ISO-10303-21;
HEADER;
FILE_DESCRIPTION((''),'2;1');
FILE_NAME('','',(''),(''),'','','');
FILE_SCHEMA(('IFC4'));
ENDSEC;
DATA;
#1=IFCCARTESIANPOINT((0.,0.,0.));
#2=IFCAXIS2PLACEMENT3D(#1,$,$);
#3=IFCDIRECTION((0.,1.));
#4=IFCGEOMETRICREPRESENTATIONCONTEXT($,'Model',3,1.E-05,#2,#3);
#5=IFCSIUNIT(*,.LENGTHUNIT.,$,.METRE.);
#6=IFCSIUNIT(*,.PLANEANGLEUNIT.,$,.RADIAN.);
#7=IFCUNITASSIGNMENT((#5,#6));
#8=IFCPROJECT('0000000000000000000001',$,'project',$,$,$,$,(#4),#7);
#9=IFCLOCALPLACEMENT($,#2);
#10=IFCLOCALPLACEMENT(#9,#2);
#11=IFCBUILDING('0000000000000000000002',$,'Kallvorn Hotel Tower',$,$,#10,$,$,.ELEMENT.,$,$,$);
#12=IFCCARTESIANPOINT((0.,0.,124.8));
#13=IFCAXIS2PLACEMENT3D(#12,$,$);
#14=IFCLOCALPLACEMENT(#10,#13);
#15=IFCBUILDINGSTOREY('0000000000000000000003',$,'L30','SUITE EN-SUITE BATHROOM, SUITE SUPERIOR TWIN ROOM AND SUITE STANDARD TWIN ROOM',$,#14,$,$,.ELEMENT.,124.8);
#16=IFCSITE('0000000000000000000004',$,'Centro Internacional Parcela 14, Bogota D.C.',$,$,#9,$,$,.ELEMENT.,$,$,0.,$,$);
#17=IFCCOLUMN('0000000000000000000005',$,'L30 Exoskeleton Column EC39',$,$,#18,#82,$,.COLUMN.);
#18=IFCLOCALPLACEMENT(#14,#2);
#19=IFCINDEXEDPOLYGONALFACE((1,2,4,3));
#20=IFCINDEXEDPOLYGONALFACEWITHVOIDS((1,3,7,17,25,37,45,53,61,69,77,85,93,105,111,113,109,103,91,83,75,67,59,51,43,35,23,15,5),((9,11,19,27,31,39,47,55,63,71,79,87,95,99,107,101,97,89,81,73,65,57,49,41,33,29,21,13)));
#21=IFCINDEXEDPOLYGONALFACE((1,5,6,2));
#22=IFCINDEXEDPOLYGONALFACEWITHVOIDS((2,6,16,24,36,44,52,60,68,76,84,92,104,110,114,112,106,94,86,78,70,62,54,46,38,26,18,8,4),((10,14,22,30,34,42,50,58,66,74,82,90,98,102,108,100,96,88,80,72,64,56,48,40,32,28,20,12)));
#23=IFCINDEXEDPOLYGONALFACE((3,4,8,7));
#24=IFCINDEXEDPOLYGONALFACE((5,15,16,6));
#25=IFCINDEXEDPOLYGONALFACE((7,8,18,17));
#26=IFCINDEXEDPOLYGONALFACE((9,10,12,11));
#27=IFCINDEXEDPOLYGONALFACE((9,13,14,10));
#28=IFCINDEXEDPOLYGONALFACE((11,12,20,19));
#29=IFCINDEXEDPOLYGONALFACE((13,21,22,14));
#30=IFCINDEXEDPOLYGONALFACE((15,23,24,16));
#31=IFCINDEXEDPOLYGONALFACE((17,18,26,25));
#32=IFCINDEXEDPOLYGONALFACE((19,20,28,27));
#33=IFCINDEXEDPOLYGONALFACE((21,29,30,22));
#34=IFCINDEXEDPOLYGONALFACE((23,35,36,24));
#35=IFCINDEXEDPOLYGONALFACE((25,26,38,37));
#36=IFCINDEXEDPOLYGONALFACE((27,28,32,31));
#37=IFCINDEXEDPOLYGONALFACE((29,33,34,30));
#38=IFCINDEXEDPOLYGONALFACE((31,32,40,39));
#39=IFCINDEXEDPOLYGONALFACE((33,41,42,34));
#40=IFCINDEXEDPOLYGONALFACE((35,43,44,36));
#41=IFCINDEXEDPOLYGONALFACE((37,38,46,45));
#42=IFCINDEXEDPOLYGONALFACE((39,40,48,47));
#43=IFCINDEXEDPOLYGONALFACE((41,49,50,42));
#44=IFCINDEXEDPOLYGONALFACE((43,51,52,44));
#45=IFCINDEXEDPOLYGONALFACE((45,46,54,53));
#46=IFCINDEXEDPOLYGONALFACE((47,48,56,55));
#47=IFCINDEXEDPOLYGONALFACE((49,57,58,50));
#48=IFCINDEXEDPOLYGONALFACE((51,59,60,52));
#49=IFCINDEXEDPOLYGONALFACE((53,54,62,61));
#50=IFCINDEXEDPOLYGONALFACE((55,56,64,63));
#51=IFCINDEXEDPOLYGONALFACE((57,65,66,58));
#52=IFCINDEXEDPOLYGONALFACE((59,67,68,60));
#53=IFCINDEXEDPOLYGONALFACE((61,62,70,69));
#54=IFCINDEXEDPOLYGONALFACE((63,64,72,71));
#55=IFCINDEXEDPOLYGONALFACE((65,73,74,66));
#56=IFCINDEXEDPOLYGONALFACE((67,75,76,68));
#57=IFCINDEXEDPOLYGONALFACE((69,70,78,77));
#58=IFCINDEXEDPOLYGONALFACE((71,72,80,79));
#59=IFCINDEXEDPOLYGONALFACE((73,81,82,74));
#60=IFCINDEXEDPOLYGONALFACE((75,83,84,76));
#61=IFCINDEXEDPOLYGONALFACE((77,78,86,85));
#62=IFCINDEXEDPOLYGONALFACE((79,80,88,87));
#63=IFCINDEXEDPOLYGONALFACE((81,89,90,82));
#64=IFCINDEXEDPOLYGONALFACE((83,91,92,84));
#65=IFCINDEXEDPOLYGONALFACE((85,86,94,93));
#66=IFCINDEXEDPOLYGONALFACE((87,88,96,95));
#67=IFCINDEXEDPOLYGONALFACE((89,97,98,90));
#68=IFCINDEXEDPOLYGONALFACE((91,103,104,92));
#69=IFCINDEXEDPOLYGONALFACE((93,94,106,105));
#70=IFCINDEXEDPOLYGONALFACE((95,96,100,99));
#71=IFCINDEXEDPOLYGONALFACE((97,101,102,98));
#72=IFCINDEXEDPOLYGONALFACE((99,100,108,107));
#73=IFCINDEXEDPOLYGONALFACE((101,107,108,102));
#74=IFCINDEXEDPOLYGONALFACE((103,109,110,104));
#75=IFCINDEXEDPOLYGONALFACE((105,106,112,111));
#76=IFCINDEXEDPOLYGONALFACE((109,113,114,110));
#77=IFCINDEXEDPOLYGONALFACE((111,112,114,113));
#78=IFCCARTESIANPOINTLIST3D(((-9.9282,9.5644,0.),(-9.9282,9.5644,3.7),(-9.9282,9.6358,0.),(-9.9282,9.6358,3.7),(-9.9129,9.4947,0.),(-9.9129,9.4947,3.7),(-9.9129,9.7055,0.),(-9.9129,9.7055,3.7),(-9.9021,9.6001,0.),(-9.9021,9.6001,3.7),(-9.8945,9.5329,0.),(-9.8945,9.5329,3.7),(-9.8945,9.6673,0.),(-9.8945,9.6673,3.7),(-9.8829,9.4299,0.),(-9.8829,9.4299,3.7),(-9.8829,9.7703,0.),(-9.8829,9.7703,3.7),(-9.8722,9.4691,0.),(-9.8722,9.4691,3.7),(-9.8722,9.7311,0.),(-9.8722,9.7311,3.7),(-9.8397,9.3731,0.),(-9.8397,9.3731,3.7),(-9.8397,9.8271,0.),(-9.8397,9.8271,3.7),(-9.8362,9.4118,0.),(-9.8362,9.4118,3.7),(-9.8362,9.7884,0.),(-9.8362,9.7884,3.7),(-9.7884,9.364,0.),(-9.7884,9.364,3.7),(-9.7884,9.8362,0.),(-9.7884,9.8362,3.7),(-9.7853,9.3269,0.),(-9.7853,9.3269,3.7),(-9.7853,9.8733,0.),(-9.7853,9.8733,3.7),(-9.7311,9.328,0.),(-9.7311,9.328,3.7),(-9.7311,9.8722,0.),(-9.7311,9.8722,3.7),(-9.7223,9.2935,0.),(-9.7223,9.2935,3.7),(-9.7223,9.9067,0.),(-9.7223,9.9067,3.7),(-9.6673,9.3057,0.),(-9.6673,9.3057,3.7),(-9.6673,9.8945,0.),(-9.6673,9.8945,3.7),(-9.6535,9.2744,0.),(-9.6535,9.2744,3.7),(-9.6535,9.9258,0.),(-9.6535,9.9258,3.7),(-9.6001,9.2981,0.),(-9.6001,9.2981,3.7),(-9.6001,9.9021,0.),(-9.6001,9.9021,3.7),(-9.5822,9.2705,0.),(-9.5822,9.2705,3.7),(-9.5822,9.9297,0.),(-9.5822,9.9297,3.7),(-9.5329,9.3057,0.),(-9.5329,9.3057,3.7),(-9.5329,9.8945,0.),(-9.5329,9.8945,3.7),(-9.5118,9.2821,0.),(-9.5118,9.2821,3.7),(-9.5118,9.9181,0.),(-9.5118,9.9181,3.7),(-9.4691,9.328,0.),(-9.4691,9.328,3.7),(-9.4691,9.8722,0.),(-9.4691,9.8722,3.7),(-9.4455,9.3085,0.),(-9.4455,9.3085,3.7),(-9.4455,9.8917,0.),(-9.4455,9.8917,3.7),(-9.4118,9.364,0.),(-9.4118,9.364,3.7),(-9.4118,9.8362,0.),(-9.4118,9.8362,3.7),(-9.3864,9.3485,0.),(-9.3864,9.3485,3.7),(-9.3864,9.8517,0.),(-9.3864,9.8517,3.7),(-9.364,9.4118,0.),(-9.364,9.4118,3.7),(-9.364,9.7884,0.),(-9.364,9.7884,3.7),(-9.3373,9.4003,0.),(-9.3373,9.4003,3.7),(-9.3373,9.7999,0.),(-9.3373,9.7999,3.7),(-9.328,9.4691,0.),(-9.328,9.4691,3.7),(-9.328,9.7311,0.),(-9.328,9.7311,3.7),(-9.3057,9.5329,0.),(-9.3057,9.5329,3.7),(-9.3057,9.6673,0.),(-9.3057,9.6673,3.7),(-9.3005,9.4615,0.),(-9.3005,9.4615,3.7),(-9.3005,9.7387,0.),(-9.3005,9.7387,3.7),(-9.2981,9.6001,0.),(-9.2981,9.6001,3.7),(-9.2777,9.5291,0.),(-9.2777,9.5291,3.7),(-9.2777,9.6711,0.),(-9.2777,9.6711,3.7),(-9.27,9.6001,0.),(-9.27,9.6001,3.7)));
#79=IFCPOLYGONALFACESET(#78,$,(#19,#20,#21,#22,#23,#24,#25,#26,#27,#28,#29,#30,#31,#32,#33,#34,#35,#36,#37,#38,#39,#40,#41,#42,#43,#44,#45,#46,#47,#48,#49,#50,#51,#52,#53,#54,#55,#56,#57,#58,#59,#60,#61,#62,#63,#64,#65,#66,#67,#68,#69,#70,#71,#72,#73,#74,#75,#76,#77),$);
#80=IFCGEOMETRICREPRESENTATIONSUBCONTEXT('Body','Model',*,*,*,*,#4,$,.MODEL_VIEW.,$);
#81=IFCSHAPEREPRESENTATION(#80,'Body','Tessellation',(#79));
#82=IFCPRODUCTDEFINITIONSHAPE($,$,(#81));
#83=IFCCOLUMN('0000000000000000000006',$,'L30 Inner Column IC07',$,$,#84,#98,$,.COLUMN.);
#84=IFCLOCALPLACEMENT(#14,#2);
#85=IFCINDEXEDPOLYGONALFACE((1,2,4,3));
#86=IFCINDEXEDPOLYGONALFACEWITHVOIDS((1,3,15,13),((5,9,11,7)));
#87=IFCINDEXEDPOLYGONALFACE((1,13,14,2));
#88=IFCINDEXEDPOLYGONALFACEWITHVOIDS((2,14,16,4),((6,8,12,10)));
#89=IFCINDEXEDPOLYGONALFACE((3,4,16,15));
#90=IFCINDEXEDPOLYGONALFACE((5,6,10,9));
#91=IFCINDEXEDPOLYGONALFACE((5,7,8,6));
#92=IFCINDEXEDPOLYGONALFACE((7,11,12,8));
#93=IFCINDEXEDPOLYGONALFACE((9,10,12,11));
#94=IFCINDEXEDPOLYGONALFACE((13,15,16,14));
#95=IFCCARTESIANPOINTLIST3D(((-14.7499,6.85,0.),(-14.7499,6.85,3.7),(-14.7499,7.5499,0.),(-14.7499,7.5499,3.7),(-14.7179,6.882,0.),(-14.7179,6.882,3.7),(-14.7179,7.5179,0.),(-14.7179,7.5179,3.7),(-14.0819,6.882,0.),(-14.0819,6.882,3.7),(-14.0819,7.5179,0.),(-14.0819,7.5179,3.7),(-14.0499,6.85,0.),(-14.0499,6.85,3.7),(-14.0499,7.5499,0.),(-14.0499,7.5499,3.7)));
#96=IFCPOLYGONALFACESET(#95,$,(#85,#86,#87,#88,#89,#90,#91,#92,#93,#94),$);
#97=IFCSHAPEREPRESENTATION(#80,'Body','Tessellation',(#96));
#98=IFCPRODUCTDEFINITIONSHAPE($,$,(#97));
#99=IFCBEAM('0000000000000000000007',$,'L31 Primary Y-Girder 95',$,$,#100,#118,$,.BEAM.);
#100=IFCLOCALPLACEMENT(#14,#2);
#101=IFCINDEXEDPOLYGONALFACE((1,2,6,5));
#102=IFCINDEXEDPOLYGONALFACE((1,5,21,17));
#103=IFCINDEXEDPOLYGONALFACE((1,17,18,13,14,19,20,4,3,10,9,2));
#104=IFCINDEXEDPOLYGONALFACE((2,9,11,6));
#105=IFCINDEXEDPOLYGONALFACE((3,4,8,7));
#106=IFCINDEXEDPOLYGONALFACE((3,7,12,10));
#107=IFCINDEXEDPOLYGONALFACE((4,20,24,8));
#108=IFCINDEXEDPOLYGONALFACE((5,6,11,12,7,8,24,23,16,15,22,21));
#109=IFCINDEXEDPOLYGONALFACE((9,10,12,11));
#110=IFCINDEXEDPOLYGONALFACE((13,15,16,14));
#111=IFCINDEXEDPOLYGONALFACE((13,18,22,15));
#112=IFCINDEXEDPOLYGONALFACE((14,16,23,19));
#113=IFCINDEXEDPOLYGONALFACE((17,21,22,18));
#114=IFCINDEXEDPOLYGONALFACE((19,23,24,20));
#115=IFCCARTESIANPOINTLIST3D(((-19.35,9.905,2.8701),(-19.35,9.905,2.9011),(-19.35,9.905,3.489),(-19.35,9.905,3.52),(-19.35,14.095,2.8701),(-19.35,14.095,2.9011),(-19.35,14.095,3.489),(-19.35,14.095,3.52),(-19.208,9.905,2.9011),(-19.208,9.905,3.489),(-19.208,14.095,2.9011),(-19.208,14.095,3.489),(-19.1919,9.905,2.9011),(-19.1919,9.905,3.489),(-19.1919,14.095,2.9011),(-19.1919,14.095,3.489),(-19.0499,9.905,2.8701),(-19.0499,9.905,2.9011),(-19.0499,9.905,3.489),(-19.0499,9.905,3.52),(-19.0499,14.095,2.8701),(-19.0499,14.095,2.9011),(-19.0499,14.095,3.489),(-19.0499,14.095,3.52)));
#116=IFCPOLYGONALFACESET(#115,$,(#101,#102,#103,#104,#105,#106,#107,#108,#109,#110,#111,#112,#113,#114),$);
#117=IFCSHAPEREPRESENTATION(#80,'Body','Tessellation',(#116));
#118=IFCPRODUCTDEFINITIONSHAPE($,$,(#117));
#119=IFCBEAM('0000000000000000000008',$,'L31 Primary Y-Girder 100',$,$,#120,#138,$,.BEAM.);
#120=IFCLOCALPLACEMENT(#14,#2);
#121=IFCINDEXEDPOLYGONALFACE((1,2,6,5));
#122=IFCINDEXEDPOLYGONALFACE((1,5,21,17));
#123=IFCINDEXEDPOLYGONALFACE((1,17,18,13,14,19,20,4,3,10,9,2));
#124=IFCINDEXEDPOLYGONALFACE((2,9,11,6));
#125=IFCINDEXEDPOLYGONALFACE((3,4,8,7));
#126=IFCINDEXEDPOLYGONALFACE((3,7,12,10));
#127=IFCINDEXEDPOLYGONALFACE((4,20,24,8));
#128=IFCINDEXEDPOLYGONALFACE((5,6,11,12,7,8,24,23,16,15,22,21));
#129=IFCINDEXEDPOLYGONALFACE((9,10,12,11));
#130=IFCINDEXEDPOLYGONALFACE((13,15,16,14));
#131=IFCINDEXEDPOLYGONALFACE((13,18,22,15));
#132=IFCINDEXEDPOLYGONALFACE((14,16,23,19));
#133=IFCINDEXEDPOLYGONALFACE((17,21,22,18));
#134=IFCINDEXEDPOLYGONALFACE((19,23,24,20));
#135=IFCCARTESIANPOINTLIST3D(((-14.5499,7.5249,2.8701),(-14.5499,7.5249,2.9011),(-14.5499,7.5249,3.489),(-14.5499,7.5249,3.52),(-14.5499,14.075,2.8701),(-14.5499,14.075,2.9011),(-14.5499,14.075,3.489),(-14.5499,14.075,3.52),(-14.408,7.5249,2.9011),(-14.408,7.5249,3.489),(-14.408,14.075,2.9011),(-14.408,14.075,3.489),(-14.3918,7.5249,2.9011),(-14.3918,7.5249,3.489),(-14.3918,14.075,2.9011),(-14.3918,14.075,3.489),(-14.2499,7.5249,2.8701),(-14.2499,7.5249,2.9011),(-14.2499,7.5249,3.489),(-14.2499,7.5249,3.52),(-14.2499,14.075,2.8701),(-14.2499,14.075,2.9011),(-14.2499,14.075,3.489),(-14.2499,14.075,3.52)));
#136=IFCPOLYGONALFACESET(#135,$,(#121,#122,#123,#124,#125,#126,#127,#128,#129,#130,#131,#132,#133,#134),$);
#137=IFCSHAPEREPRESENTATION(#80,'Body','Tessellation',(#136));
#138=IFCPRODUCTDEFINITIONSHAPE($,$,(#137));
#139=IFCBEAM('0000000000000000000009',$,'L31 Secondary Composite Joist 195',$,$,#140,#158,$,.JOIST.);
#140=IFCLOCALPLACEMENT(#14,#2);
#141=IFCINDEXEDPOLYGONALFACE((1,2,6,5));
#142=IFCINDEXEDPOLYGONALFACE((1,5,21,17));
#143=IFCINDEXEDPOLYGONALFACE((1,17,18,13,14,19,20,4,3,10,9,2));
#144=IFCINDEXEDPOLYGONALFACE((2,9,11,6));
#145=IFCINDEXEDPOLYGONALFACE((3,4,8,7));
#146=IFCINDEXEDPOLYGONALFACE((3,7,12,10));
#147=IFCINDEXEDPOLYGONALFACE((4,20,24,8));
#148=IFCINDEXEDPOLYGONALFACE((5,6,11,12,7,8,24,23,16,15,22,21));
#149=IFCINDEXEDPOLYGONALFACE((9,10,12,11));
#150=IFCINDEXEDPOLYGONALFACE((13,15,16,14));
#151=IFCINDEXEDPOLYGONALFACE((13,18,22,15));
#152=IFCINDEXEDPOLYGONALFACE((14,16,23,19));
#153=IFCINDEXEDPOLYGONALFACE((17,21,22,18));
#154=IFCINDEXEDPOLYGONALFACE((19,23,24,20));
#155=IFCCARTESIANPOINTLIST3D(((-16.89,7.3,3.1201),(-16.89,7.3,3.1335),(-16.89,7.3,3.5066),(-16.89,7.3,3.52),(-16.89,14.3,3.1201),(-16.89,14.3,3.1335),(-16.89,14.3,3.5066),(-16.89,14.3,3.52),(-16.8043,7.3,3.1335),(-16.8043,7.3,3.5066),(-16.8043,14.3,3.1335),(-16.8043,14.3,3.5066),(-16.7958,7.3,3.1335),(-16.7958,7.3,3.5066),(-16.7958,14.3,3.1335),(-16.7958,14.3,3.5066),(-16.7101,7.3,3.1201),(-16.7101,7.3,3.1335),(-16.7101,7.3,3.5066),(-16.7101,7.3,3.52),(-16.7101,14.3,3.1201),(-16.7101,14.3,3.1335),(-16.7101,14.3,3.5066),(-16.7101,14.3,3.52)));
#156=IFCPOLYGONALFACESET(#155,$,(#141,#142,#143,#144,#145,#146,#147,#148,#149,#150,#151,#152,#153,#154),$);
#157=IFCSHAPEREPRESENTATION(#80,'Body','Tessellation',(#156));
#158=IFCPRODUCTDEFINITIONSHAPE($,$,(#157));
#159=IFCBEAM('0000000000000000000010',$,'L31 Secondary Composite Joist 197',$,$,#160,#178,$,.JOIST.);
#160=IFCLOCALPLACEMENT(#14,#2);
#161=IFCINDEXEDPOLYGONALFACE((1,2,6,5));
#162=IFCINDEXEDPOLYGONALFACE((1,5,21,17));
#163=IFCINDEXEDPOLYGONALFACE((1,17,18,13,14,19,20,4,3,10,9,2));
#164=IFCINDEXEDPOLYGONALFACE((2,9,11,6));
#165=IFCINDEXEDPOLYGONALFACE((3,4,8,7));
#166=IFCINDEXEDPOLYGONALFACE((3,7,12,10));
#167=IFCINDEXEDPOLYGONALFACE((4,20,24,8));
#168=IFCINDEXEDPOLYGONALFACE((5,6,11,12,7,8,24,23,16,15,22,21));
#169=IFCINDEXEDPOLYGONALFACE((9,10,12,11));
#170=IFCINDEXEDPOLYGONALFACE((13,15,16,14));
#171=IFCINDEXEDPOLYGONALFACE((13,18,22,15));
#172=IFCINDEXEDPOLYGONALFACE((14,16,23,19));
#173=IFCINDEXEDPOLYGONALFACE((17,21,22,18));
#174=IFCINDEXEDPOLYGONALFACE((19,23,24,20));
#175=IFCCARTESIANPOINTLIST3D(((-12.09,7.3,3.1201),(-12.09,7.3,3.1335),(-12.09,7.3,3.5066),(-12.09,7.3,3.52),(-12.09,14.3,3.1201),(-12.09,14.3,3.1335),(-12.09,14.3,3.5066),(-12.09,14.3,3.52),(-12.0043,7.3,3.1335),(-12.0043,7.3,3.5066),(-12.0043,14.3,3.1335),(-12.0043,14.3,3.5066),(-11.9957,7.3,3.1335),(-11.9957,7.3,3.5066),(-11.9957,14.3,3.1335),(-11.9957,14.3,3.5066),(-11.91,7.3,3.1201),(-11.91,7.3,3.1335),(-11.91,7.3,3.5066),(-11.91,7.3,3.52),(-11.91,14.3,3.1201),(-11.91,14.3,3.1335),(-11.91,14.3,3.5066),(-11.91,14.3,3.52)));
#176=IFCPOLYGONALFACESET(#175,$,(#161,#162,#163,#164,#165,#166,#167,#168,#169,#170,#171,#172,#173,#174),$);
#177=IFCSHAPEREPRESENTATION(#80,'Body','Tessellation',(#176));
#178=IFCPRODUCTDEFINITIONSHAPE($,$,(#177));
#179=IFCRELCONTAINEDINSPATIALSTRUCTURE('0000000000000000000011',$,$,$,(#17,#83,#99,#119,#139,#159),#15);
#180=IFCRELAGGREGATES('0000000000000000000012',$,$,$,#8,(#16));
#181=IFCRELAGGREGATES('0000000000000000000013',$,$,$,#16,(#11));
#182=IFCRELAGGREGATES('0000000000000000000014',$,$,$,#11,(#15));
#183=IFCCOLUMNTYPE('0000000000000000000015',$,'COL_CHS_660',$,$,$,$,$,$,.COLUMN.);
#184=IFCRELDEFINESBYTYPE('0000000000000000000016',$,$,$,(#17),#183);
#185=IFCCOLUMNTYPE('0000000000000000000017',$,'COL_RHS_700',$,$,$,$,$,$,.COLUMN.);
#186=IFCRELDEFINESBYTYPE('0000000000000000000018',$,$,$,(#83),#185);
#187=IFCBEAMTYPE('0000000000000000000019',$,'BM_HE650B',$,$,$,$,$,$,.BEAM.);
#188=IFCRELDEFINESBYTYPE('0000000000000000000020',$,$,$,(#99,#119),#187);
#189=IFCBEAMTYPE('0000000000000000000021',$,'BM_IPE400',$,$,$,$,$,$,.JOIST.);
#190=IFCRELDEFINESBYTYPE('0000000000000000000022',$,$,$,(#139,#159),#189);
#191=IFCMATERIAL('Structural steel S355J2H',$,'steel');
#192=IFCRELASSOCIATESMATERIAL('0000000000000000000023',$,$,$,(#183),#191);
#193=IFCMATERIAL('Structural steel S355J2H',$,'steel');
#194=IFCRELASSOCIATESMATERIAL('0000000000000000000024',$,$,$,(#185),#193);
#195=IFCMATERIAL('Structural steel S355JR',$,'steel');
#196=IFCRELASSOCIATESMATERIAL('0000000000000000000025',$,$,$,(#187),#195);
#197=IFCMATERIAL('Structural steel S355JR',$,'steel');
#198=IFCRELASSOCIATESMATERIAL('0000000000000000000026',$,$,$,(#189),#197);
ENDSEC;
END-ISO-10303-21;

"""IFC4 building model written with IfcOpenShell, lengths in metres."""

from ifc_helpers import new_model, si_unit, direction, frame, origin, origin_2d, place, context, subcontext, project, spatial, hollow_rectangle, hollow_circle, i_section, extrude, material, material_profile, profile_set, type_object, element, save


model = new_model("IFC4")

# Units and contexts
model_context = context("Model", 3, precision=1e-05, world=origin(), true_north=direction((0.0, 1.0)))
body_context = subcontext(model_context, "Body", "Model", "MODEL_VIEW")
ifc_project = project(units=[si_unit("LENGTHUNIT", "METRE"), si_unit("PLANEANGLEUNIT", "RADIAN")], contexts=[model_context])

# Site, building, storey
site_placement = place(None, origin())
site = spatial("IfcSite", under=ifc_project, at=site_placement, Name="Centro Internacional Parcela 14, Bogota D.C.", CompositionType="ELEMENT", RefElevation=0.0)
building_placement = place(site_placement, origin())
building = spatial("IfcBuilding", under=site, at=building_placement, Name="Kallvorn Hotel Tower", CompositionType="ELEMENT")
storey_placement = place(building_placement, frame((0.0, 0.0, 124.8)))
storey = spatial("IfcBuildingStorey", under=building, at=storey_placement, Name="L30", Description="SUITE EN-SUITE BATHROOM, SUITE SUPERIOR TWIN ROOM AND SUITE STANDARD TWIN ROOM", CompositionType="ELEMENT", Elevation=124.8)

# Columns
ifc_material_1 = material(Name="Structural steel S355J2H", Category="steel")
ifc_material_profile_1 = material_profile(ifc_material_1, hollow_circle(Radius=0.3301, WallThickness=0.0281, at=origin_2d()), Name="CHS 660x28")
ifc_profile_set_1 = profile_set([ifc_material_profile_1], Name="Structural steel S355J2H")
column_type_1 = type_object("IfcColumnType", Name="COL_CHS_660", PredefinedType="COLUMN", material=ifc_profile_set_1)
column_1_placement = place(storey_placement, frame((-9.6001, 9.6001, 0.0), z_axis=(0.0, 0.0, 1.0), x_axis=(1.0, 0.0, 0.0)))
element("IfcColumn", 1, at=column_1_placement, inside=storey, type_object=column_type_1, Name="L30 Exoskeleton Column EC39", PredefinedType="COLUMN", context=body_context, shape_type="SweptSolid", body=[
    extrude(hollow_circle(Radius=0.3301, WallThickness=0.0281, at=origin_2d()), origin(), (0.0, 0.0, 1.0), 3.7),
])
ifc_material_2 = material(Name="Structural steel S355J2H", Category="steel")
ifc_material_profile_2 = material_profile(ifc_material_2, hollow_rectangle(XDim=0.7, YDim=0.7, WallThickness=0.032, at=origin_2d()), Name="RHS 700x700x32")
ifc_profile_set_2 = profile_set([ifc_material_profile_2], Name="Structural steel S355J2H")
column_type_2 = type_object("IfcColumnType", Name="COL_RHS_700", PredefinedType="COLUMN", material=ifc_profile_set_2)
column_2_placement = place(storey_placement, frame((-14.3999, 7.2, 0.0), z_axis=(0.0, 0.0, 1.0), x_axis=(1.0, 0.0, 0.0)))
element("IfcColumn", 2, at=column_2_placement, inside=storey, type_object=column_type_2, Name="L30 Inner Column IC07", PredefinedType="COLUMN", context=body_context, shape_type="SweptSolid", body=[
    extrude(hollow_rectangle(XDim=0.7, YDim=0.7, WallThickness=0.032, at=origin_2d()), origin(), (0.0, 0.0, 1.0), 3.7),
])

# Beams
ifc_material_3 = material(Name="Structural steel S355JR", Category="steel")
ifc_material_profile_3 = material_profile(ifc_material_3, i_section(OverallWidth=0.3, OverallDepth=0.6499, WebThickness=0.0161, FlangeThickness=0.031, at=origin_2d()), Name="HE 650 B")
ifc_profile_set_3 = profile_set([ifc_material_profile_3], Name="Structural steel S355JR")
beam_type_1 = type_object("IfcBeamType", Name="BM_HE650B", PredefinedType="BEAM", material=ifc_profile_set_3)
beam_1_placement = place(storey_placement, frame((-19.2, 9.905, 3.1951), z_axis=(0.0, 1.0, 0.0), x_axis=(-1.0, 0.0, 0.0)))
element("IfcBeam", 3, at=beam_1_placement, inside=storey, type_object=beam_type_1, Name="L31 Primary Y-Girder 95", PredefinedType="BEAM", context=body_context, shape_type="SweptSolid", body=[
    extrude(i_section(OverallWidth=0.3, OverallDepth=0.6499, WebThickness=0.0161, FlangeThickness=0.031, at=origin_2d()), origin(), (0.0, 0.0, 1.0), 4.1899),
])
beam_2_placement = place(storey_placement, frame((-14.3999, 7.5249, 3.1951), z_axis=(0.0, 1.0, 0.0), x_axis=(-1.0, 0.0, 0.0)))
element("IfcBeam", 4, at=beam_2_placement, inside=storey, type_object=beam_type_1, Name="L31 Primary Y-Girder 100", PredefinedType="BEAM", context=body_context, shape_type="SweptSolid", body=[
    extrude(i_section(OverallWidth=0.3, OverallDepth=0.6499, WebThickness=0.0161, FlangeThickness=0.031, at=origin_2d()), origin(), (0.0, 0.0, 1.0), 6.55),
])
ifc_material_4 = material(Name="Structural steel S355JR", Category="steel")
ifc_material_profile_4 = material_profile(ifc_material_4, i_section(OverallWidth=0.1799, OverallDepth=0.3999, WebThickness=0.0085, FlangeThickness=0.0134, at=origin_2d()), Name="IPE 400")
ifc_profile_set_4 = profile_set([ifc_material_profile_4], Name="Structural steel S355JR")
beam_type_2 = type_object("IfcBeamType", Name="BM_IPE400", PredefinedType="JOIST", material=ifc_profile_set_4)
for number, where, z_axis, x_axis, name in (
    (5, (-16.8, 7.3, 3.3201), (0.0, 1.0, 0.0), (-1.0, 0.0, 0.0), "L31 Secondary Composite Joist 195"),
    (6, (-12.0, 7.3, 3.3201), (0.0, 1.0, 0.0), (-1.0, 0.0, 0.0), "L31 Secondary Composite Joist 197"),
):
    element("IfcBeam", number, at=place(storey_placement, frame(where, z_axis=z_axis, x_axis=x_axis)), inside=storey, type_object=beam_type_2, Name=name, PredefinedType="JOIST", context=body_context, shape_type="SweptSolid", body=[
        extrude(i_section(OverallWidth=0.1799, OverallDepth=0.3999, WebThickness=0.0085, FlangeThickness=0.0134, at=origin_2d()), origin(), (0.0, 0.0, 1.0), 7.0),
    ])

save(model, "model.ifc")
